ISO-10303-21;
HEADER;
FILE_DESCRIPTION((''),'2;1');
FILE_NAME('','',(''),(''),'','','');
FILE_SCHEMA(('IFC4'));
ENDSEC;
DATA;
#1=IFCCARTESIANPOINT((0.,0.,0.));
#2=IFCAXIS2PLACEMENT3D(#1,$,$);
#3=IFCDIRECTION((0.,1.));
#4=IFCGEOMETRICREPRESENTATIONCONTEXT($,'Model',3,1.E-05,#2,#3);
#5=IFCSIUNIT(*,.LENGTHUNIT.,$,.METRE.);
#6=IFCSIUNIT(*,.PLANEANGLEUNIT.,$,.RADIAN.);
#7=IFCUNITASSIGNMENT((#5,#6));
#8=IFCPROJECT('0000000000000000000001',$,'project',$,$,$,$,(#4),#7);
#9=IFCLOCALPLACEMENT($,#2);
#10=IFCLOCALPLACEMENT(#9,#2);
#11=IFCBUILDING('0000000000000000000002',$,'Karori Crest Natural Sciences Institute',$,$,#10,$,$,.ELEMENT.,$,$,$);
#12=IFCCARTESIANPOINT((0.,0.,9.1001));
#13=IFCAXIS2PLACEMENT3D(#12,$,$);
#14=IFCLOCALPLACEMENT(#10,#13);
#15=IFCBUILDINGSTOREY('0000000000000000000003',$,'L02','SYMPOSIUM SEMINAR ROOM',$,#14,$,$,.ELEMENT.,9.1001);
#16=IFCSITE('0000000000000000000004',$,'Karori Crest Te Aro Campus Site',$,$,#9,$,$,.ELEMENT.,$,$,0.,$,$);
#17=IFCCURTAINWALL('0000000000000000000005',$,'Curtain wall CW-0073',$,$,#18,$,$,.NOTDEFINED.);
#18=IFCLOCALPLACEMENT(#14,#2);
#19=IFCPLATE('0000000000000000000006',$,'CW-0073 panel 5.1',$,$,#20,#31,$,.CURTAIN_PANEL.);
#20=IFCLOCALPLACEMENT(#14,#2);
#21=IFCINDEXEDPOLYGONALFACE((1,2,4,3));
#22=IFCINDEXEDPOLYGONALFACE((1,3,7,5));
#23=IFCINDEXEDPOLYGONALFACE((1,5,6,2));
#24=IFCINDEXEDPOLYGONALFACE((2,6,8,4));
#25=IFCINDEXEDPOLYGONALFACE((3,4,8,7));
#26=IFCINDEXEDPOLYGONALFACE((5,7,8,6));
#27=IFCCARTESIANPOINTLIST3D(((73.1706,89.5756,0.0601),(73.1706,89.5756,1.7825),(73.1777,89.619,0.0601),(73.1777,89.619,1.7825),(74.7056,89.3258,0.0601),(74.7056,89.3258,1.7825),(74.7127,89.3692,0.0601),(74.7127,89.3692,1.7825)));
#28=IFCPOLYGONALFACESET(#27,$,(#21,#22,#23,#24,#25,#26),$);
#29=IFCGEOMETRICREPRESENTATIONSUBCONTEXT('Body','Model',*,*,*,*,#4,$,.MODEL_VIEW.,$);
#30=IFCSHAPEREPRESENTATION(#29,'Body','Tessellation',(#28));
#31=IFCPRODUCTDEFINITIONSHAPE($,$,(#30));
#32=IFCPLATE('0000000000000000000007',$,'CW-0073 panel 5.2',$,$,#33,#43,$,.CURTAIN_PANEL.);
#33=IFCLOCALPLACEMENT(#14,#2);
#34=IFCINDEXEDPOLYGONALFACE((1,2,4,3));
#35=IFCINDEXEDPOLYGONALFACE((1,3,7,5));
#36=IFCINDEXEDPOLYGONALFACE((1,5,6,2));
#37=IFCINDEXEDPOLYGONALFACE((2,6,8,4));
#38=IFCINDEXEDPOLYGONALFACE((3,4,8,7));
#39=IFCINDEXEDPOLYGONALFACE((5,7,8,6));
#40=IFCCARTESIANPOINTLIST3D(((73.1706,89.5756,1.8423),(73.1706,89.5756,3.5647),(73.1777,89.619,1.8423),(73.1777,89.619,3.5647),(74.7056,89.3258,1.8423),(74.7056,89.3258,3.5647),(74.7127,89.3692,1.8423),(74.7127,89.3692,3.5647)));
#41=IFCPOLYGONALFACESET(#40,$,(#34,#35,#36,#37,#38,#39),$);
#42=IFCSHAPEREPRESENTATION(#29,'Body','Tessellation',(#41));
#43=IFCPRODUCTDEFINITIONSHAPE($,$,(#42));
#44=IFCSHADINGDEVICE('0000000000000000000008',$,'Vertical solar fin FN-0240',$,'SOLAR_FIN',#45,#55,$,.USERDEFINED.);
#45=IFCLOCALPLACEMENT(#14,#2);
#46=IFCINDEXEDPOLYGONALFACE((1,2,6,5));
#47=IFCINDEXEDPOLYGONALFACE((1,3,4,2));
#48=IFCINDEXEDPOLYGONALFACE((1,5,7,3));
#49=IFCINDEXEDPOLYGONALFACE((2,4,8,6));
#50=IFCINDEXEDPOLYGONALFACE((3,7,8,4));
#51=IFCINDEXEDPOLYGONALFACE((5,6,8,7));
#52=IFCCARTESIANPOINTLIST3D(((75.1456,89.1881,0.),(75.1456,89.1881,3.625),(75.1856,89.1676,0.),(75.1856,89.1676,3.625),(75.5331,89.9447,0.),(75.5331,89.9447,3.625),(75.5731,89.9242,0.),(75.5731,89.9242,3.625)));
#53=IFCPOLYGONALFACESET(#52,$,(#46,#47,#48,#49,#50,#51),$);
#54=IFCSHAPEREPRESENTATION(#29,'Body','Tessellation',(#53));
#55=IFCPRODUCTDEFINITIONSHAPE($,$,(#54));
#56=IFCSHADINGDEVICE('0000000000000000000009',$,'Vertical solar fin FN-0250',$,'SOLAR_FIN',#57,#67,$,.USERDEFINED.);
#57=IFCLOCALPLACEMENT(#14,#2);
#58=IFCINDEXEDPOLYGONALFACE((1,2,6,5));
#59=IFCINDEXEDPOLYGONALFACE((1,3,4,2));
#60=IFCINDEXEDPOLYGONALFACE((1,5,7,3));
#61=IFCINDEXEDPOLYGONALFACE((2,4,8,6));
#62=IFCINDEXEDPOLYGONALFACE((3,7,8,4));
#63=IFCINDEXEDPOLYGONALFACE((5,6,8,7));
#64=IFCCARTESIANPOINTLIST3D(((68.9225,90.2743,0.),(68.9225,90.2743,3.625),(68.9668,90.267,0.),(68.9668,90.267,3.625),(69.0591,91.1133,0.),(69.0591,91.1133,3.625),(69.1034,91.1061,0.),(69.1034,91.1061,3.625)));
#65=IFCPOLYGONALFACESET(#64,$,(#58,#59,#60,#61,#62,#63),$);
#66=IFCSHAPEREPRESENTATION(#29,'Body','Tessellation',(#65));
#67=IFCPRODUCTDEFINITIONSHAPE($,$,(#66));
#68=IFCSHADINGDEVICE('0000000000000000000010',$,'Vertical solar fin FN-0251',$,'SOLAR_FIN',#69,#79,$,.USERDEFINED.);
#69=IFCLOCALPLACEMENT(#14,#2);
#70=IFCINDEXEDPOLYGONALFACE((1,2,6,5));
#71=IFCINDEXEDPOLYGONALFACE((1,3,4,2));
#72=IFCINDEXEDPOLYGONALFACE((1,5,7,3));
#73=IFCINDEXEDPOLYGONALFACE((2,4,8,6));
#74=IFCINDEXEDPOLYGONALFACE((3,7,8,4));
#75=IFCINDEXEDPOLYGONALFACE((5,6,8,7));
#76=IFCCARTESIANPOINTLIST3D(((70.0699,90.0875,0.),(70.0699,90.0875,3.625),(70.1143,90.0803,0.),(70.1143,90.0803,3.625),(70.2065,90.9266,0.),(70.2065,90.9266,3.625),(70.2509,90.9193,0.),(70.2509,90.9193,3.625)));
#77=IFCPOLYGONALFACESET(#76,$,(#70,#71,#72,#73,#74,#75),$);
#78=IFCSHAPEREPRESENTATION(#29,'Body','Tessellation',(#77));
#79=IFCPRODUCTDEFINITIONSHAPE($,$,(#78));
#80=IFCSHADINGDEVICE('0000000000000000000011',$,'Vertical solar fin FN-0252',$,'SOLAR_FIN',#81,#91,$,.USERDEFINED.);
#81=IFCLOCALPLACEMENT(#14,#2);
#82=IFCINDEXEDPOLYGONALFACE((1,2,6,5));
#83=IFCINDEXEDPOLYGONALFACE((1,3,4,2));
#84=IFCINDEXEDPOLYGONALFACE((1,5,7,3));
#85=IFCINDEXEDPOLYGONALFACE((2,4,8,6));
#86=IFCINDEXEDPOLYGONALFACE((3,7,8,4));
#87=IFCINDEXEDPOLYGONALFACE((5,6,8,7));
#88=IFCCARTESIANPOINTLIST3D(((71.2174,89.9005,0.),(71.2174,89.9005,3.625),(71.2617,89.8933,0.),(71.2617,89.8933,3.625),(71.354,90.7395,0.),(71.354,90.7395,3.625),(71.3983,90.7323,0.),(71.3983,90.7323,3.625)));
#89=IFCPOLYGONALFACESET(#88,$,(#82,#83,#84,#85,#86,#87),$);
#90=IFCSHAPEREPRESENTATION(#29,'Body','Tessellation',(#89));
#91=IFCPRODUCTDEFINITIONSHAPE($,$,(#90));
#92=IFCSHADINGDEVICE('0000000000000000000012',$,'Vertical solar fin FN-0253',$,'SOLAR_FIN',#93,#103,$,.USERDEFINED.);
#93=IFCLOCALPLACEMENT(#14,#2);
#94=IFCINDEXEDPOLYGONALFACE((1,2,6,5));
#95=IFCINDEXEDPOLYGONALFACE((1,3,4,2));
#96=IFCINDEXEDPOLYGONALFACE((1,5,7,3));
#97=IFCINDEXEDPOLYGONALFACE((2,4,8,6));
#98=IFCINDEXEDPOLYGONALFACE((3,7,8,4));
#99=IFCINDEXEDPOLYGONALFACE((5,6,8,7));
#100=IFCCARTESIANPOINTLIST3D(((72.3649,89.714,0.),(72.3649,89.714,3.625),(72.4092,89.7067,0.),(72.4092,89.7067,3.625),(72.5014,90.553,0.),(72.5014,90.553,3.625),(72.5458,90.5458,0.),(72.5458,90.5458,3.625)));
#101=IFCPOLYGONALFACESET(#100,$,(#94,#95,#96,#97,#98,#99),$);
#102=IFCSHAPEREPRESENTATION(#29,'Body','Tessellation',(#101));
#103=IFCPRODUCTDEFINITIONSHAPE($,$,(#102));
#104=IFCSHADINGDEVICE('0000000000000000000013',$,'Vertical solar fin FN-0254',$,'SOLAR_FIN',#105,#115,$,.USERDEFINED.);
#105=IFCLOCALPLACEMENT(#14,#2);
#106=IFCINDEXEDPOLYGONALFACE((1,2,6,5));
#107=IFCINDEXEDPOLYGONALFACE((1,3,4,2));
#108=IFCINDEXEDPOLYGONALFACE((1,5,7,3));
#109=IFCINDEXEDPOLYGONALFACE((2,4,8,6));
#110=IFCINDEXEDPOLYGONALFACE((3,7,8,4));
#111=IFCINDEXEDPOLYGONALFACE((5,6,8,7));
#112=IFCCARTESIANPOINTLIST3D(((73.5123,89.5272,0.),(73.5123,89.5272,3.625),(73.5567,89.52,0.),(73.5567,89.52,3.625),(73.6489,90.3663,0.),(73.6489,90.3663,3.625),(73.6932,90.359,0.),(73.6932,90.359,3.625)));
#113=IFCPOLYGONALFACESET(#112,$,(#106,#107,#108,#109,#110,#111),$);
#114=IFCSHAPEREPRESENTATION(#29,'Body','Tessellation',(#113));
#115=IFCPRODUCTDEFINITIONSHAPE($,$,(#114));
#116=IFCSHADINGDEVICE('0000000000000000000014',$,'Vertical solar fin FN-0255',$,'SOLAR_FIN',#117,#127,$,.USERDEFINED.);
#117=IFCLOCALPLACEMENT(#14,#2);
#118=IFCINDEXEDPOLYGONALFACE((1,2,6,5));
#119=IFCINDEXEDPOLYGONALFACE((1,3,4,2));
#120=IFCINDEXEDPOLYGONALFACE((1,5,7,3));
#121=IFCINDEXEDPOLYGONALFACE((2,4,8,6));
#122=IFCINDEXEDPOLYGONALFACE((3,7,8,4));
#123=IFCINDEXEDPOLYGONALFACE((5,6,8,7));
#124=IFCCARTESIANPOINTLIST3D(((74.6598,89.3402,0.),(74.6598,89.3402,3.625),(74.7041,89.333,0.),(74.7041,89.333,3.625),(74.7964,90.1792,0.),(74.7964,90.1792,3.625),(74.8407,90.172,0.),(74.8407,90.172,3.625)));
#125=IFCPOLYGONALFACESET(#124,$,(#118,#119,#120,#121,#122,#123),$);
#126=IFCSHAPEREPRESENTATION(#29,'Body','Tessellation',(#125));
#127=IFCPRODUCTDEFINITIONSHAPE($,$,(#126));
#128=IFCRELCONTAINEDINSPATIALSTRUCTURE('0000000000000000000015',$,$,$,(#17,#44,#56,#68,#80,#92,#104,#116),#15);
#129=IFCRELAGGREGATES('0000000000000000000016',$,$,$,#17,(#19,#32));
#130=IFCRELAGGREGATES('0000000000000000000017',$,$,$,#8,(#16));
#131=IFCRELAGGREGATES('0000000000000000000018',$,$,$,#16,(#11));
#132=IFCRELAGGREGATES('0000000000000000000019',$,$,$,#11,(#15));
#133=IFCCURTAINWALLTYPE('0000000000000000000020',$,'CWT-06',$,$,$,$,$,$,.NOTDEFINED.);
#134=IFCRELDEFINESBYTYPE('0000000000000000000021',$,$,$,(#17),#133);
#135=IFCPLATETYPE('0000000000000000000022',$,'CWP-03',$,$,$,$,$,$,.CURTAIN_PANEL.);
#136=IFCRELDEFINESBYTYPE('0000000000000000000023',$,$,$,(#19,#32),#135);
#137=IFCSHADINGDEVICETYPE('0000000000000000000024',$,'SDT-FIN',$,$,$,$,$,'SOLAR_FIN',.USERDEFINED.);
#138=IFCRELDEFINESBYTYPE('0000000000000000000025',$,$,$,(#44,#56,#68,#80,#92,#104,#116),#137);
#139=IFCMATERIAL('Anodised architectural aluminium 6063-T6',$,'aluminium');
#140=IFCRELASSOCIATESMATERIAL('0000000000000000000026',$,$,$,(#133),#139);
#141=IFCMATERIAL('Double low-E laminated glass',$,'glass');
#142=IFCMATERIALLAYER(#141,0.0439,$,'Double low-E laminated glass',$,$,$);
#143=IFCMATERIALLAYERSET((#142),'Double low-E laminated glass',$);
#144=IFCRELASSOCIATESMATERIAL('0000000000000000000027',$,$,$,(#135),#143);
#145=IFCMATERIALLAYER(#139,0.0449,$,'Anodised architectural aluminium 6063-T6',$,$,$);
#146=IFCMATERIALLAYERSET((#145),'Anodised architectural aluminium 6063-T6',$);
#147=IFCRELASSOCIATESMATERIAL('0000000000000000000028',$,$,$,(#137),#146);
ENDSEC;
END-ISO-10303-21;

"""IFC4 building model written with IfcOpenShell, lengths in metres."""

from ifc_helpers import new_model, si_unit, direction, frame, origin, origin_2d, place, context, subcontext, project, spatial, rectangle, extrude, material, layer, layer_set, type_object, element, aggregate, save


model = new_model("IFC4")

# Units and contexts
model_context = context("Model", 3, precision=1e-05, world=origin(), true_north=direction((0.0, 1.0)))
body_context = subcontext(model_context, "Body", "Model", "MODEL_VIEW")
ifc_project = project(units=[si_unit("LENGTHUNIT", "METRE"), si_unit("PLANEANGLEUNIT", "RADIAN")], contexts=[model_context])

# Site, building, storey
site_placement = place(None, origin())
site = spatial("IfcSite", under=ifc_project, at=site_placement, Name="Karori Crest Te Aro Campus Site", CompositionType="ELEMENT", RefElevation=0.0)
building_placement = place(site_placement, origin())
building = spatial("IfcBuilding", under=site, at=building_placement, Name="Karori Crest Natural Sciences Institute", CompositionType="ELEMENT")
storey_placement = place(building_placement, frame((0.0, 0.0, 9.1001)))
storey = spatial("IfcBuildingStorey", under=building, at=storey_placement, Name="L02", Description="SYMPOSIUM SEMINAR ROOM", CompositionType="ELEMENT", Elevation=9.1001)

# Shared definitions
ifc_material_1 = material(Name="Anodised architectural aluminium 6063-T6", Category="aluminium")

# Curtain wall
curtain_wall_type_1 = type_object("IfcCurtainWallType", Name="CWT-06", PredefinedType="NOTDEFINED", material=ifc_material_1)
curtain_wall_1_placement = place(storey_placement, origin())
curtain_wall_1 = element("IfcCurtainWall", 1, at=curtain_wall_1_placement, inside=storey, type_object=curtain_wall_type_1, Name="Curtain wall CW-0073", PredefinedType="NOTDEFINED")

# Plates
ifc_material_2 = material(Name="Double low-E laminated glass", Category="glass")
ifc_layer_1 = layer(ifc_material_2, 0.0439, Name="Double low-E laminated glass")
ifc_layer_set_1 = layer_set([ifc_layer_1], Name="Double low-E laminated glass")
plate_type_1 = type_object("IfcPlateType", Name="CWP-03", PredefinedType="CURTAIN_PANEL", material=ifc_layer_set_1)
plate_1_placement = place(storey_placement, frame((73.9417, 89.4724, 0.0601), z_axis=(0.0, 0.0, 1.0), x_axis=(0.987011, -0.160652, 0.0)))
plate_1 = element("IfcPlate", 2, at=plate_1_placement, type_object=plate_type_1, Name="CW-0073 panel 5.1", PredefinedType="CURTAIN_PANEL", context=body_context, shape_type="SweptSolid", body=[
    extrude(rectangle(XDim=1.5552, YDim=0.0439, at=origin_2d()), origin(), (0.0, 0.0, 1.0), 1.7224),
])
plate_2_placement = place(storey_placement, frame((73.9417, 89.4724, 1.8423), z_axis=(0.0, 0.0, 1.0), x_axis=(0.987011, -0.160652, 0.0)))
plate_2 = element("IfcPlate", 3, at=plate_2_placement, type_object=plate_type_1, Name="CW-0073 panel 5.2", PredefinedType="CURTAIN_PANEL", context=body_context, shape_type="SweptSolid", body=[
    extrude(rectangle(XDim=1.5552, YDim=0.0439, at=origin_2d()), origin(), (0.0, 0.0, 1.0), 1.7224),
])
aggregate(curtain_wall_1, [plate_1, plate_2])

# Shading devices
ifc_layer_2 = layer(ifc_material_1, 0.0449, Name="Anodised architectural aluminium 6063-T6")
ifc_layer_set_2 = layer_set([ifc_layer_2], Name="Anodised architectural aluminium 6063-T6")
shading_device_type = type_object("IfcShadingDeviceType", Name="SDT-FIN", ElementType="SOLAR_FIN", PredefinedType="USERDEFINED", material=ifc_layer_set_2)
for number, where, z_axis, x_axis, name in (
    (4, (75.3594, 89.5562, 0.0), (0.0, 0.0, 1.0), (0.455832, 0.890066, 0.0), "Vertical solar fin FN-0240"),
    (5, (69.0129, 90.6902, 0.0), (0.0, 0.0, 1.0), (0.160651, 0.987011, 0.0), "Vertical solar fin FN-0250"),
    (6, (70.1604, 90.5034, 0.0), (0.0, 0.0, 1.0), (0.160651, 0.987011, 0.0), "Vertical solar fin FN-0251"),
    (7, (71.3079, 90.3164, 0.0), (0.0, 0.0, 1.0), (0.160651, 0.987011, 0.0), "Vertical solar fin FN-0252"),
    (8, (72.4553, 90.1299, 0.0), (0.0, 0.0, 1.0), (0.160651, 0.987011, 0.0), "Vertical solar fin FN-0253"),
    (9, (73.6028, 89.9431, 0.0), (0.0, 0.0, 1.0), (0.160651, 0.987011, 0.0), "Vertical solar fin FN-0254"),
    (10, (74.7502, 89.7561, 0.0), (0.0, 0.0, 1.0), (0.160651, 0.987011, 0.0), "Vertical solar fin FN-0255"),
):
    element("IfcShadingDevice", number, at=place(storey_placement, frame(where, z_axis=z_axis, x_axis=x_axis)), inside=storey, type_object=shading_device_type, Name=name, ObjectType="SOLAR_FIN", PredefinedType="USERDEFINED", context=body_context, shape_type="SweptSolid", body=[
        extrude(rectangle(XDim=0.8501, YDim=0.0449, at=origin_2d()), origin(), (0.0, 0.0, 1.0), 3.625),
    ])

save(model, "model.ifc")
